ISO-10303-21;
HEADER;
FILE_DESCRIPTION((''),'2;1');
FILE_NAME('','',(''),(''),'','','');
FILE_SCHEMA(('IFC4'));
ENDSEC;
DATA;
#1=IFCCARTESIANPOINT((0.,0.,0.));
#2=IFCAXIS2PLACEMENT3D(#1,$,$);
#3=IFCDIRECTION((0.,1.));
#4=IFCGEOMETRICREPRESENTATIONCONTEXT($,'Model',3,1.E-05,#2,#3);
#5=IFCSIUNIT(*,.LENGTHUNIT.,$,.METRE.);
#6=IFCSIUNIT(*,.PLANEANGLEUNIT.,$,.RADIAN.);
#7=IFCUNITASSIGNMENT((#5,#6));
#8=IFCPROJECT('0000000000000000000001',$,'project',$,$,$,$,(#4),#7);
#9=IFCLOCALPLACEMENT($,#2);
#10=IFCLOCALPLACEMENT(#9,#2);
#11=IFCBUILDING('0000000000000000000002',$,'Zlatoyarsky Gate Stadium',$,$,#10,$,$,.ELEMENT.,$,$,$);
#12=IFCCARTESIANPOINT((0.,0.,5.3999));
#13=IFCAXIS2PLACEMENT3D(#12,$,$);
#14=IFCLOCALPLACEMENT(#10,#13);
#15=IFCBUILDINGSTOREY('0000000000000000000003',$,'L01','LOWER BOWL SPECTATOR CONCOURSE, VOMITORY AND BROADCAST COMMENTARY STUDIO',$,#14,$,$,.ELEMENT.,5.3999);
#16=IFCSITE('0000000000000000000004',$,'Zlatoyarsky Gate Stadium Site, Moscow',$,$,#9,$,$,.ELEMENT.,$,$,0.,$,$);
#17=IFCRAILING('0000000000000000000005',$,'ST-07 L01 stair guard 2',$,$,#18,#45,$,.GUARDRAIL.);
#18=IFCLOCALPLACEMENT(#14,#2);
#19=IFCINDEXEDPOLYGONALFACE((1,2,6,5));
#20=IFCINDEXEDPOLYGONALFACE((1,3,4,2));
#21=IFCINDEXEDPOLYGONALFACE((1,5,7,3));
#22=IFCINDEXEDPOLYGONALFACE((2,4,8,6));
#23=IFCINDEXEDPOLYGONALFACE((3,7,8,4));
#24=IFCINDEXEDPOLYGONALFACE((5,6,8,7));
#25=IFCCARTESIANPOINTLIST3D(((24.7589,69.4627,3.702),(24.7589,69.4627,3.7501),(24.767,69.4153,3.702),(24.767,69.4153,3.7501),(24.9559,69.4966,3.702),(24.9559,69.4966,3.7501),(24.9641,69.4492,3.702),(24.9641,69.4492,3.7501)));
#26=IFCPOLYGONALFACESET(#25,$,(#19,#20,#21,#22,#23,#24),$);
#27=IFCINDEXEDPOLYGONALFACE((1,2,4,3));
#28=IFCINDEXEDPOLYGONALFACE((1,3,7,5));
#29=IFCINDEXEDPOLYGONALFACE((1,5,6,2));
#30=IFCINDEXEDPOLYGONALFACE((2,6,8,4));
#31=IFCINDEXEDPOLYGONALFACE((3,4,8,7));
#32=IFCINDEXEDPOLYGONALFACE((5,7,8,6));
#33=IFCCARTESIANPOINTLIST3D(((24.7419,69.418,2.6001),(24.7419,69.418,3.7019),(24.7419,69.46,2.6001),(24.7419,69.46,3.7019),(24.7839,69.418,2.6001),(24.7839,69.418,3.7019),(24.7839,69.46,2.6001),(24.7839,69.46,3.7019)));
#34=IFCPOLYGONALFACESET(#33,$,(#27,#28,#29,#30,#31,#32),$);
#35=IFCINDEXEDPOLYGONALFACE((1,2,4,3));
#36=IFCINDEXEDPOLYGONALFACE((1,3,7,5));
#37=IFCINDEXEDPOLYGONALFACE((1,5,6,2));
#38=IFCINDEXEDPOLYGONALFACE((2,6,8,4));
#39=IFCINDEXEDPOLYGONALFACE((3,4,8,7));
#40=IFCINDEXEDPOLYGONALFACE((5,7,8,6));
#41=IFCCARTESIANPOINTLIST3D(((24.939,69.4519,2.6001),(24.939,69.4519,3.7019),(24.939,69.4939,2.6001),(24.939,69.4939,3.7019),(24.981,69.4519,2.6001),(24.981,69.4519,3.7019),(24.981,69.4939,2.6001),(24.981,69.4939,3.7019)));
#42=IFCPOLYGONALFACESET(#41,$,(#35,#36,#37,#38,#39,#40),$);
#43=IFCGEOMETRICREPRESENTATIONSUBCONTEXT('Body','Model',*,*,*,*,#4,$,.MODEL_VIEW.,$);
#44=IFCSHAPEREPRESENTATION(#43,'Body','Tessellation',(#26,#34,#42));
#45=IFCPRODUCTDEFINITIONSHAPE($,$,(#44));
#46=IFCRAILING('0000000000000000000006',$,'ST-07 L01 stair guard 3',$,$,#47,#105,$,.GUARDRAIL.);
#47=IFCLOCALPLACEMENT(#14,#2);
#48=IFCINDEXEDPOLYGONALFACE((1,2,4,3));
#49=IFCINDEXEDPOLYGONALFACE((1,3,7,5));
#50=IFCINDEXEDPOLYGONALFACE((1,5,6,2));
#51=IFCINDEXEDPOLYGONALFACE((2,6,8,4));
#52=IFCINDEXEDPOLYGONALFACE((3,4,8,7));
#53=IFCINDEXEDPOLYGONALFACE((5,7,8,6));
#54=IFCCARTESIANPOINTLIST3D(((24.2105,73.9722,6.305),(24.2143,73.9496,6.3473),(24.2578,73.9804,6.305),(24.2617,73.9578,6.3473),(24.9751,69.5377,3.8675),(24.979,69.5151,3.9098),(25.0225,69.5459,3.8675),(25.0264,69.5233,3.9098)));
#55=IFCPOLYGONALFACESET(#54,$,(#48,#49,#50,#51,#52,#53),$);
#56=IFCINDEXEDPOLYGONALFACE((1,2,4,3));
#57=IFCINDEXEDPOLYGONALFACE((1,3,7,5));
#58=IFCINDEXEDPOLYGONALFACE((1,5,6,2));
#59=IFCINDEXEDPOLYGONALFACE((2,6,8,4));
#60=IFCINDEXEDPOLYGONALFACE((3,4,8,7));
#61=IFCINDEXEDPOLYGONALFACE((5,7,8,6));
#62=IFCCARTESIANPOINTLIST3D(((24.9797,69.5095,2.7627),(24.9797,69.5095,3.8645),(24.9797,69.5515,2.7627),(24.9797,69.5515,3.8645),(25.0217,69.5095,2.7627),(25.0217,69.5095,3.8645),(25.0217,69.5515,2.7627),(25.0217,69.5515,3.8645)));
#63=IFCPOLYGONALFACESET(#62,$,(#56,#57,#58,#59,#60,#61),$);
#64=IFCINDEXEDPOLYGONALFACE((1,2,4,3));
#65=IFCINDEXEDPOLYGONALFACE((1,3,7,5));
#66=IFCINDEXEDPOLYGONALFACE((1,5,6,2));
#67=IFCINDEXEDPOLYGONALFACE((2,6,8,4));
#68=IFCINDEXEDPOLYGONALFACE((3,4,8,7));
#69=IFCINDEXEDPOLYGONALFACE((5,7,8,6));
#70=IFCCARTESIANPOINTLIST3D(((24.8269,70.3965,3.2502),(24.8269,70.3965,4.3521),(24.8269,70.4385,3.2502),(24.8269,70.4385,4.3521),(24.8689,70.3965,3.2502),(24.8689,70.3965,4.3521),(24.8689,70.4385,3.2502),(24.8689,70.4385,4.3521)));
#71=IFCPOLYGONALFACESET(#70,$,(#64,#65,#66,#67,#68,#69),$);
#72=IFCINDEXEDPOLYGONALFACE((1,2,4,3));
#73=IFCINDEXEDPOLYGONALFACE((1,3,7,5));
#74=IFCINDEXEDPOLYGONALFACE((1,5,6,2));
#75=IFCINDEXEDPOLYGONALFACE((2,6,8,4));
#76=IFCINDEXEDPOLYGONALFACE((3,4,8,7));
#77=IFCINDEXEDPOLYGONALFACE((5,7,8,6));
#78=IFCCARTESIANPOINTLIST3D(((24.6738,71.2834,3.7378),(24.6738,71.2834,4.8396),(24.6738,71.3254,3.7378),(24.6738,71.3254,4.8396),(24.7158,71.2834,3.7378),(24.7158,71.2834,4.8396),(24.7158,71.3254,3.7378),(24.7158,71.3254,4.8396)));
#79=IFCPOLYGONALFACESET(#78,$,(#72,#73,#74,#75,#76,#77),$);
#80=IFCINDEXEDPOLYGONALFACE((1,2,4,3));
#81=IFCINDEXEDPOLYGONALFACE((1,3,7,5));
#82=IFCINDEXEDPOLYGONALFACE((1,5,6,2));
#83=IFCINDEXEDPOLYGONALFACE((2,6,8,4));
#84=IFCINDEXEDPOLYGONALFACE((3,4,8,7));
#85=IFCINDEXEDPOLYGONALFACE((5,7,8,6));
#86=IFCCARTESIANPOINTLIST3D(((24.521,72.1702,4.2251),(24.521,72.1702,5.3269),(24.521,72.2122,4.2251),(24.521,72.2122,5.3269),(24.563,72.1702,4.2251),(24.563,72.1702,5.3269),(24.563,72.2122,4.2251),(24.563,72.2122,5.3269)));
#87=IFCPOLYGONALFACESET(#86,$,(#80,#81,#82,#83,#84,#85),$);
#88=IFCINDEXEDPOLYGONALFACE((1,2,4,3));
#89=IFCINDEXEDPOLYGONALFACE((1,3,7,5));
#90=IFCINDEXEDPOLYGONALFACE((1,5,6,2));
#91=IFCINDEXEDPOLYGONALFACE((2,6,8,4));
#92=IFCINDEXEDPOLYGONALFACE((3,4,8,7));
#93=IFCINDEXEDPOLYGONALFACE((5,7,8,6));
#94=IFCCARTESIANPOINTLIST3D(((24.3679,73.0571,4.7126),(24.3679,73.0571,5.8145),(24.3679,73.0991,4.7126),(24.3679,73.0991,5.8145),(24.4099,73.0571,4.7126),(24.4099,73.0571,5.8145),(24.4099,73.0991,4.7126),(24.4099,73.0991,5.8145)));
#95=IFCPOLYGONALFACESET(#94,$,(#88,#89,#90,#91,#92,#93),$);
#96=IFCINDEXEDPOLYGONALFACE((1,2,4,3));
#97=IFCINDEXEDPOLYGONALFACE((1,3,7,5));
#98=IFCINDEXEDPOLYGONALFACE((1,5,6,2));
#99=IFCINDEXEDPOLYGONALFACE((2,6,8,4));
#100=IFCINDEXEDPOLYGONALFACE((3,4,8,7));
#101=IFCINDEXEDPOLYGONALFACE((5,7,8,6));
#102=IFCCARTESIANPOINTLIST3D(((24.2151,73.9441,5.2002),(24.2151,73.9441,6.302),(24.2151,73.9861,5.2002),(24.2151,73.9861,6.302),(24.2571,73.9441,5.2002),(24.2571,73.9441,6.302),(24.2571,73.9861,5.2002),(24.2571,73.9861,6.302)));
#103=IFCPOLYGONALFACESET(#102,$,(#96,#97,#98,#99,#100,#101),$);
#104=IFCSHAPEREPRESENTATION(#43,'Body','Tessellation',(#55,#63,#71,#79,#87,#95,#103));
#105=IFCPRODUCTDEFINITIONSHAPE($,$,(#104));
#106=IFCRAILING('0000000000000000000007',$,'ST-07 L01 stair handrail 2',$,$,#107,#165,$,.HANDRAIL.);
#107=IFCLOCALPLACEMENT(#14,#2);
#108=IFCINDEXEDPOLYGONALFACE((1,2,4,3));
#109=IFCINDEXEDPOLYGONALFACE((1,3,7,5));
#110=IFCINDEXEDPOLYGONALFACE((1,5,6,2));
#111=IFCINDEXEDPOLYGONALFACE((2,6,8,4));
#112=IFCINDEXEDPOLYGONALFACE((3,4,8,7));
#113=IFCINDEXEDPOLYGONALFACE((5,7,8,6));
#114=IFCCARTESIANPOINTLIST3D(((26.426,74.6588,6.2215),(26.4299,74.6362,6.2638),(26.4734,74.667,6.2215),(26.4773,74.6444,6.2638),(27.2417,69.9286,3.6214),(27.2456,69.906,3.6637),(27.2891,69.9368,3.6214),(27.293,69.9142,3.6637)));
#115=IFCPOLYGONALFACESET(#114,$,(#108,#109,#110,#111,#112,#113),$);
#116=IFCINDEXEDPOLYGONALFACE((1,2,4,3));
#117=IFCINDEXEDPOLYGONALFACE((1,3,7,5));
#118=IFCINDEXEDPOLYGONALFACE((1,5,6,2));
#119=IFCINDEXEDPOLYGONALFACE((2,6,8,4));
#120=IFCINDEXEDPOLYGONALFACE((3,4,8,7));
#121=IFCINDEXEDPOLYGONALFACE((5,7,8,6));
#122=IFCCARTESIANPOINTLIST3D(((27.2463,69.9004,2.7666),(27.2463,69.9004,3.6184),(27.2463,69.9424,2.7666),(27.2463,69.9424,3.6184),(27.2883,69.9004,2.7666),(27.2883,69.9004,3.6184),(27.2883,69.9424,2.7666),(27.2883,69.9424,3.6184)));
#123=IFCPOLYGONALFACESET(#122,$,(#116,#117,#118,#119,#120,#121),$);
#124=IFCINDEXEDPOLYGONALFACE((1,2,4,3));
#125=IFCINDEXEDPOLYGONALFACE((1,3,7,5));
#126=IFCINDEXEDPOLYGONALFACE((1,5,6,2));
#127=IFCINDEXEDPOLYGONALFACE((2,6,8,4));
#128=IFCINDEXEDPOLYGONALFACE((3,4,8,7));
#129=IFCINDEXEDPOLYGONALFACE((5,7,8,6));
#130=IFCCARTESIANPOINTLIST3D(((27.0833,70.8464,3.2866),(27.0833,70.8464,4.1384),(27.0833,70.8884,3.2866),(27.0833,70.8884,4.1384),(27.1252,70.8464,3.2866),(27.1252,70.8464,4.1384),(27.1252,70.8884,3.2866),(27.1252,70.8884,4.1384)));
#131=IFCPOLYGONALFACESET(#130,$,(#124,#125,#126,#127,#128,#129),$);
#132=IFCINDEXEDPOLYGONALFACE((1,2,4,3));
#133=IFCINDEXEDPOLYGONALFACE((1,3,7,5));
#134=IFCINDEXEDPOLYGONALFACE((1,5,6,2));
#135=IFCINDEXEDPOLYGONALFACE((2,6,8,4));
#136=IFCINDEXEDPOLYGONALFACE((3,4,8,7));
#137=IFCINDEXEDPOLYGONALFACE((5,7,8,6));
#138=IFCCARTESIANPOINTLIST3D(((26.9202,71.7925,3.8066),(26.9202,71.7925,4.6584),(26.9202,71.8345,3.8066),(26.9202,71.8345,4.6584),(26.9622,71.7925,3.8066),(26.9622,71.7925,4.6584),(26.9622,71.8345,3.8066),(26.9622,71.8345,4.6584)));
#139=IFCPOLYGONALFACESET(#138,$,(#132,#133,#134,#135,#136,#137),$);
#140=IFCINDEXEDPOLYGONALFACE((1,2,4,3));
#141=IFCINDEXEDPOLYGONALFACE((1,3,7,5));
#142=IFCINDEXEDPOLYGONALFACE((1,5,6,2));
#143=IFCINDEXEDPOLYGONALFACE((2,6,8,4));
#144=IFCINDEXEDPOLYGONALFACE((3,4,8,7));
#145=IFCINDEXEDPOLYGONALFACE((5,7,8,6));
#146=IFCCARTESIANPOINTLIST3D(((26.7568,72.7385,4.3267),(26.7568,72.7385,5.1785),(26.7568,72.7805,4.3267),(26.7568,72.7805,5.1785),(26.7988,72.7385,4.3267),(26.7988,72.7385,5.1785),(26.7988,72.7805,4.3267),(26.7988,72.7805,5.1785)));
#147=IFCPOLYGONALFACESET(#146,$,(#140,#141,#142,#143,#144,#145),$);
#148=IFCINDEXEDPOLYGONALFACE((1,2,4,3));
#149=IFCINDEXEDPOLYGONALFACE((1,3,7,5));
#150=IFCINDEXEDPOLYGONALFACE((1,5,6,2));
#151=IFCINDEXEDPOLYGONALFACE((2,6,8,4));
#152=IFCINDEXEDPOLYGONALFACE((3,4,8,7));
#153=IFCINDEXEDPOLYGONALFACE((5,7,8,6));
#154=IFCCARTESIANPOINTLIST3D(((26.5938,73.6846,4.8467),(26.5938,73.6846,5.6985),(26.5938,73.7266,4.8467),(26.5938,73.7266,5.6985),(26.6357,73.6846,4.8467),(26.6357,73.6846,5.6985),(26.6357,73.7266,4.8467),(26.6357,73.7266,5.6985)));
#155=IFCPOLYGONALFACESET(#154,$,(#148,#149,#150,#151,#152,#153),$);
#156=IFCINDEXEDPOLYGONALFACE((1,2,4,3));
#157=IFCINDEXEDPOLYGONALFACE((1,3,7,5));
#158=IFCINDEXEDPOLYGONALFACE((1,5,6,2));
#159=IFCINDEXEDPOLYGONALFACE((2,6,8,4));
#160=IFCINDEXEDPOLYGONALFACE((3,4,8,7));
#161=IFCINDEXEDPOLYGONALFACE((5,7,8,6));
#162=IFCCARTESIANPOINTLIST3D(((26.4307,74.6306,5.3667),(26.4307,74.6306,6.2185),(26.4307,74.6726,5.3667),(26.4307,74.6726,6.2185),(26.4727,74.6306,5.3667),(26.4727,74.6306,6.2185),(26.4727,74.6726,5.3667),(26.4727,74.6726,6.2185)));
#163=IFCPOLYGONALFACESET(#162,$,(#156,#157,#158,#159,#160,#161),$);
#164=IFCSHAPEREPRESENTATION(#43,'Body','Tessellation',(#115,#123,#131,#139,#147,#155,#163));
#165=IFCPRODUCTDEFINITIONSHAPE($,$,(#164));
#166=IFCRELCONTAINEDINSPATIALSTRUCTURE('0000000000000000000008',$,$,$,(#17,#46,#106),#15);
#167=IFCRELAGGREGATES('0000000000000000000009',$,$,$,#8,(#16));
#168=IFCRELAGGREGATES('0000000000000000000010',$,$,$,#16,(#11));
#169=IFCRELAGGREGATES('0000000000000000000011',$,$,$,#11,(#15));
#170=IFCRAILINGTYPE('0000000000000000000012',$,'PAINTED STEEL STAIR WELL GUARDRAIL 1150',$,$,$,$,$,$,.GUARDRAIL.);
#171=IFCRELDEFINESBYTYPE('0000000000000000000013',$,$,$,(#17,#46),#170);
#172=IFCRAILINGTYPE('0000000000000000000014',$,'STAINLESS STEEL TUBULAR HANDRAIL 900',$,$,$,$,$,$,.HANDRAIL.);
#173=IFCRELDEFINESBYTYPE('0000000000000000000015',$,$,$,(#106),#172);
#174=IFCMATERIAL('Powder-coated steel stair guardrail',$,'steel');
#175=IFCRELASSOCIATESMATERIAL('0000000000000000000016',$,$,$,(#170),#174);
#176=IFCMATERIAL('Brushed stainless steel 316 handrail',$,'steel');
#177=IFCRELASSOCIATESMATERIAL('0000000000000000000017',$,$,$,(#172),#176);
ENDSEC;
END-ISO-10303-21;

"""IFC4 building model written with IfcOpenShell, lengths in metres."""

from ifc_helpers import new_model, si_unit, direction, frame, origin, origin_2d, place, context, subcontext, project, spatial, rectangle, extrude, material, type_object, element, save


model = new_model("IFC4")

# Units and contexts
model_context = context("Model", 3, precision=1e-05, world=origin(), true_north=direction((0.0, 1.0)))
body_context = subcontext(model_context, "Body", "Model", "MODEL_VIEW")
ifc_project = project(units=[si_unit("LENGTHUNIT", "METRE"), si_unit("PLANEANGLEUNIT", "RADIAN")], contexts=[model_context])

# Site, building, storey
site_placement = place(None, origin())
site = spatial("IfcSite", under=ifc_project, at=site_placement, Name="Zlatoyarsky Gate Stadium Site, Moscow", CompositionType="ELEMENT", RefElevation=0.0)
building_placement = place(site_placement, origin())
building = spatial("IfcBuilding", under=site, at=building_placement, Name="Zlatoyarsky Gate Stadium", CompositionType="ELEMENT")
storey_placement = place(building_placement, frame((0.0, 0.0, 5.3999)))
storey = spatial("IfcBuildingStorey", under=building, at=storey_placement, Name="L01", Description="LOWER BOWL SPECTATOR CONCOURSE, VOMITORY AND BROADCAST COMMENTARY STUDIO", CompositionType="ELEMENT", Elevation=5.3999)

# Railings
ifc_material_1 = material(Name="Powder-coated steel stair guardrail", Category="steel")
railing_type_1 = type_object("IfcRailingType", Name="PAINTED STEEL STAIR WELL GUARDRAIL 1150", PredefinedType="GUARDRAIL", material=ifc_material_1)
railing_1_placement = place(storey_placement, frame((24.7629, 69.439, 2.6001)))
element("IfcRailing", 1, at=railing_1_placement, inside=storey, type_object=railing_type_1, Name="ST-07 L01 stair guard 2", PredefinedType="GUARDRAIL", context=body_context, shape_type="SweptSolid", body=[
    extrude(rectangle(XDim=0.0481, YDim=0.0481, at=origin_2d()), frame((0.0, 0.0, 1.126), z_axis=(0.985488, 0.169743, 0.0), x_axis=(-0.169743, 0.985488, 0.0)), (0.0, 0.0, 1.0), 0.2),
    extrude(rectangle(XDim=0.042, YDim=0.042, at=origin_2d()), origin(), (0.0, 0.0, 1.0), 1.1018),
    extrude(rectangle(XDim=0.042, YDim=0.042, at=origin_2d()), frame((0.197, 0.0339, 0.0)), (0.0, 0.0, 1.0), 1.1018),
])
railing_2_placement = place(storey_placement, frame((25.0007, 69.5305, 2.7627)))
element("IfcRailing", 2, at=railing_2_placement, inside=storey, type_object=railing_type_1, Name="ST-07 L01 stair guard 3", PredefinedType="GUARDRAIL", context=body_context, shape_type="SweptSolid", body=[
    extrude(rectangle(XDim=0.0481, YDim=0.0481, at=origin_2d()), frame((0.0, 0.0, 1.126), z_axis=(-0.149411, 0.866505, 0.476282), x_axis=(-0.985458, -0.169921, 0.0)), (0.0, 0.0, 1.0), 5.1177),
    extrude(rectangle(XDim=0.042, YDim=0.042, at=origin_2d()), origin(), (0.0, 0.0, 1.0), 1.1018),
    extrude(rectangle(XDim=0.042, YDim=0.042, at=origin_2d()), frame((-0.1528, 0.887, 0.4875)), (0.0, 0.0, 1.0), 1.1018),
    extrude(rectangle(XDim=0.042, YDim=0.042, at=origin_2d()), frame((-0.3059, 1.7739, 0.9751)), (0.0, 0.0, 1.0), 1.1018),
    extrude(rectangle(XDim=0.042, YDim=0.042, at=origin_2d()), frame((-0.4587, 2.6606, 1.4624)), (0.0, 0.0, 1.0), 1.1018),
    extrude(rectangle(XDim=0.042, YDim=0.042, at=origin_2d()), frame((-0.6118, 3.5476, 1.95)), (0.0, 0.0, 1.0), 1.1018),
    extrude(rectangle(XDim=0.042, YDim=0.042, at=origin_2d()), frame((-0.7646, 4.4346, 2.4375)), (0.0, 0.0, 1.0), 1.1018),
])
ifc_material_2 = material(Name="Brushed stainless steel 316 handrail", Category="steel")
railing_type_2 = type_object("IfcRailingType", Name="STAINLESS STEEL TUBULAR HANDRAIL 900", PredefinedType="HANDRAIL", material=ifc_material_2)
railing_3_placement = place(storey_placement, frame((27.2673, 69.9214, 2.7666)))
element("IfcRailing", 3, at=railing_3_placement, inside=storey, type_object=railing_type_2, Name="ST-07 L01 stair handrail 2", PredefinedType="HANDRAIL", context=body_context, shape_type="SweptSolid", body=[
    extrude(rectangle(XDim=0.0481, YDim=0.0481, at=origin_2d()), frame((0.0, 0.0, 0.876), z_axis=(-0.149418, 0.866498, 0.476294), x_axis=(-0.985456, -0.169931, 0.0)), (0.0, 0.0, 1.0), 5.459),
    extrude(rectangle(XDim=0.042, YDim=0.042, at=origin_2d()), origin(), (0.0, 0.0, 1.0), 0.8518),
    extrude(rectangle(XDim=0.042, YDim=0.042, at=origin_2d()), frame((-0.1631, 0.946, 0.52)), (0.0, 0.0, 1.0), 0.8518),
    extrude(rectangle(XDim=0.042, YDim=0.042, at=origin_2d()), frame((-0.3262, 1.8921, 1.04)), (0.0, 0.0, 1.0), 0.8518),
    extrude(rectangle(XDim=0.042, YDim=0.042, at=origin_2d()), frame((-0.4895, 2.8381, 1.5601)), (0.0, 0.0, 1.0), 0.8518),
    extrude(rectangle(XDim=0.042, YDim=0.042, at=origin_2d()), frame((-0.6526, 3.7842, 2.0801)), (0.0, 0.0, 1.0), 0.8518),
    extrude(rectangle(XDim=0.042, YDim=0.042, at=origin_2d()), frame((-0.8157, 4.7302, 2.6001)), (0.0, 0.0, 1.0), 0.8518),
])

save(model, "model.ifc")
